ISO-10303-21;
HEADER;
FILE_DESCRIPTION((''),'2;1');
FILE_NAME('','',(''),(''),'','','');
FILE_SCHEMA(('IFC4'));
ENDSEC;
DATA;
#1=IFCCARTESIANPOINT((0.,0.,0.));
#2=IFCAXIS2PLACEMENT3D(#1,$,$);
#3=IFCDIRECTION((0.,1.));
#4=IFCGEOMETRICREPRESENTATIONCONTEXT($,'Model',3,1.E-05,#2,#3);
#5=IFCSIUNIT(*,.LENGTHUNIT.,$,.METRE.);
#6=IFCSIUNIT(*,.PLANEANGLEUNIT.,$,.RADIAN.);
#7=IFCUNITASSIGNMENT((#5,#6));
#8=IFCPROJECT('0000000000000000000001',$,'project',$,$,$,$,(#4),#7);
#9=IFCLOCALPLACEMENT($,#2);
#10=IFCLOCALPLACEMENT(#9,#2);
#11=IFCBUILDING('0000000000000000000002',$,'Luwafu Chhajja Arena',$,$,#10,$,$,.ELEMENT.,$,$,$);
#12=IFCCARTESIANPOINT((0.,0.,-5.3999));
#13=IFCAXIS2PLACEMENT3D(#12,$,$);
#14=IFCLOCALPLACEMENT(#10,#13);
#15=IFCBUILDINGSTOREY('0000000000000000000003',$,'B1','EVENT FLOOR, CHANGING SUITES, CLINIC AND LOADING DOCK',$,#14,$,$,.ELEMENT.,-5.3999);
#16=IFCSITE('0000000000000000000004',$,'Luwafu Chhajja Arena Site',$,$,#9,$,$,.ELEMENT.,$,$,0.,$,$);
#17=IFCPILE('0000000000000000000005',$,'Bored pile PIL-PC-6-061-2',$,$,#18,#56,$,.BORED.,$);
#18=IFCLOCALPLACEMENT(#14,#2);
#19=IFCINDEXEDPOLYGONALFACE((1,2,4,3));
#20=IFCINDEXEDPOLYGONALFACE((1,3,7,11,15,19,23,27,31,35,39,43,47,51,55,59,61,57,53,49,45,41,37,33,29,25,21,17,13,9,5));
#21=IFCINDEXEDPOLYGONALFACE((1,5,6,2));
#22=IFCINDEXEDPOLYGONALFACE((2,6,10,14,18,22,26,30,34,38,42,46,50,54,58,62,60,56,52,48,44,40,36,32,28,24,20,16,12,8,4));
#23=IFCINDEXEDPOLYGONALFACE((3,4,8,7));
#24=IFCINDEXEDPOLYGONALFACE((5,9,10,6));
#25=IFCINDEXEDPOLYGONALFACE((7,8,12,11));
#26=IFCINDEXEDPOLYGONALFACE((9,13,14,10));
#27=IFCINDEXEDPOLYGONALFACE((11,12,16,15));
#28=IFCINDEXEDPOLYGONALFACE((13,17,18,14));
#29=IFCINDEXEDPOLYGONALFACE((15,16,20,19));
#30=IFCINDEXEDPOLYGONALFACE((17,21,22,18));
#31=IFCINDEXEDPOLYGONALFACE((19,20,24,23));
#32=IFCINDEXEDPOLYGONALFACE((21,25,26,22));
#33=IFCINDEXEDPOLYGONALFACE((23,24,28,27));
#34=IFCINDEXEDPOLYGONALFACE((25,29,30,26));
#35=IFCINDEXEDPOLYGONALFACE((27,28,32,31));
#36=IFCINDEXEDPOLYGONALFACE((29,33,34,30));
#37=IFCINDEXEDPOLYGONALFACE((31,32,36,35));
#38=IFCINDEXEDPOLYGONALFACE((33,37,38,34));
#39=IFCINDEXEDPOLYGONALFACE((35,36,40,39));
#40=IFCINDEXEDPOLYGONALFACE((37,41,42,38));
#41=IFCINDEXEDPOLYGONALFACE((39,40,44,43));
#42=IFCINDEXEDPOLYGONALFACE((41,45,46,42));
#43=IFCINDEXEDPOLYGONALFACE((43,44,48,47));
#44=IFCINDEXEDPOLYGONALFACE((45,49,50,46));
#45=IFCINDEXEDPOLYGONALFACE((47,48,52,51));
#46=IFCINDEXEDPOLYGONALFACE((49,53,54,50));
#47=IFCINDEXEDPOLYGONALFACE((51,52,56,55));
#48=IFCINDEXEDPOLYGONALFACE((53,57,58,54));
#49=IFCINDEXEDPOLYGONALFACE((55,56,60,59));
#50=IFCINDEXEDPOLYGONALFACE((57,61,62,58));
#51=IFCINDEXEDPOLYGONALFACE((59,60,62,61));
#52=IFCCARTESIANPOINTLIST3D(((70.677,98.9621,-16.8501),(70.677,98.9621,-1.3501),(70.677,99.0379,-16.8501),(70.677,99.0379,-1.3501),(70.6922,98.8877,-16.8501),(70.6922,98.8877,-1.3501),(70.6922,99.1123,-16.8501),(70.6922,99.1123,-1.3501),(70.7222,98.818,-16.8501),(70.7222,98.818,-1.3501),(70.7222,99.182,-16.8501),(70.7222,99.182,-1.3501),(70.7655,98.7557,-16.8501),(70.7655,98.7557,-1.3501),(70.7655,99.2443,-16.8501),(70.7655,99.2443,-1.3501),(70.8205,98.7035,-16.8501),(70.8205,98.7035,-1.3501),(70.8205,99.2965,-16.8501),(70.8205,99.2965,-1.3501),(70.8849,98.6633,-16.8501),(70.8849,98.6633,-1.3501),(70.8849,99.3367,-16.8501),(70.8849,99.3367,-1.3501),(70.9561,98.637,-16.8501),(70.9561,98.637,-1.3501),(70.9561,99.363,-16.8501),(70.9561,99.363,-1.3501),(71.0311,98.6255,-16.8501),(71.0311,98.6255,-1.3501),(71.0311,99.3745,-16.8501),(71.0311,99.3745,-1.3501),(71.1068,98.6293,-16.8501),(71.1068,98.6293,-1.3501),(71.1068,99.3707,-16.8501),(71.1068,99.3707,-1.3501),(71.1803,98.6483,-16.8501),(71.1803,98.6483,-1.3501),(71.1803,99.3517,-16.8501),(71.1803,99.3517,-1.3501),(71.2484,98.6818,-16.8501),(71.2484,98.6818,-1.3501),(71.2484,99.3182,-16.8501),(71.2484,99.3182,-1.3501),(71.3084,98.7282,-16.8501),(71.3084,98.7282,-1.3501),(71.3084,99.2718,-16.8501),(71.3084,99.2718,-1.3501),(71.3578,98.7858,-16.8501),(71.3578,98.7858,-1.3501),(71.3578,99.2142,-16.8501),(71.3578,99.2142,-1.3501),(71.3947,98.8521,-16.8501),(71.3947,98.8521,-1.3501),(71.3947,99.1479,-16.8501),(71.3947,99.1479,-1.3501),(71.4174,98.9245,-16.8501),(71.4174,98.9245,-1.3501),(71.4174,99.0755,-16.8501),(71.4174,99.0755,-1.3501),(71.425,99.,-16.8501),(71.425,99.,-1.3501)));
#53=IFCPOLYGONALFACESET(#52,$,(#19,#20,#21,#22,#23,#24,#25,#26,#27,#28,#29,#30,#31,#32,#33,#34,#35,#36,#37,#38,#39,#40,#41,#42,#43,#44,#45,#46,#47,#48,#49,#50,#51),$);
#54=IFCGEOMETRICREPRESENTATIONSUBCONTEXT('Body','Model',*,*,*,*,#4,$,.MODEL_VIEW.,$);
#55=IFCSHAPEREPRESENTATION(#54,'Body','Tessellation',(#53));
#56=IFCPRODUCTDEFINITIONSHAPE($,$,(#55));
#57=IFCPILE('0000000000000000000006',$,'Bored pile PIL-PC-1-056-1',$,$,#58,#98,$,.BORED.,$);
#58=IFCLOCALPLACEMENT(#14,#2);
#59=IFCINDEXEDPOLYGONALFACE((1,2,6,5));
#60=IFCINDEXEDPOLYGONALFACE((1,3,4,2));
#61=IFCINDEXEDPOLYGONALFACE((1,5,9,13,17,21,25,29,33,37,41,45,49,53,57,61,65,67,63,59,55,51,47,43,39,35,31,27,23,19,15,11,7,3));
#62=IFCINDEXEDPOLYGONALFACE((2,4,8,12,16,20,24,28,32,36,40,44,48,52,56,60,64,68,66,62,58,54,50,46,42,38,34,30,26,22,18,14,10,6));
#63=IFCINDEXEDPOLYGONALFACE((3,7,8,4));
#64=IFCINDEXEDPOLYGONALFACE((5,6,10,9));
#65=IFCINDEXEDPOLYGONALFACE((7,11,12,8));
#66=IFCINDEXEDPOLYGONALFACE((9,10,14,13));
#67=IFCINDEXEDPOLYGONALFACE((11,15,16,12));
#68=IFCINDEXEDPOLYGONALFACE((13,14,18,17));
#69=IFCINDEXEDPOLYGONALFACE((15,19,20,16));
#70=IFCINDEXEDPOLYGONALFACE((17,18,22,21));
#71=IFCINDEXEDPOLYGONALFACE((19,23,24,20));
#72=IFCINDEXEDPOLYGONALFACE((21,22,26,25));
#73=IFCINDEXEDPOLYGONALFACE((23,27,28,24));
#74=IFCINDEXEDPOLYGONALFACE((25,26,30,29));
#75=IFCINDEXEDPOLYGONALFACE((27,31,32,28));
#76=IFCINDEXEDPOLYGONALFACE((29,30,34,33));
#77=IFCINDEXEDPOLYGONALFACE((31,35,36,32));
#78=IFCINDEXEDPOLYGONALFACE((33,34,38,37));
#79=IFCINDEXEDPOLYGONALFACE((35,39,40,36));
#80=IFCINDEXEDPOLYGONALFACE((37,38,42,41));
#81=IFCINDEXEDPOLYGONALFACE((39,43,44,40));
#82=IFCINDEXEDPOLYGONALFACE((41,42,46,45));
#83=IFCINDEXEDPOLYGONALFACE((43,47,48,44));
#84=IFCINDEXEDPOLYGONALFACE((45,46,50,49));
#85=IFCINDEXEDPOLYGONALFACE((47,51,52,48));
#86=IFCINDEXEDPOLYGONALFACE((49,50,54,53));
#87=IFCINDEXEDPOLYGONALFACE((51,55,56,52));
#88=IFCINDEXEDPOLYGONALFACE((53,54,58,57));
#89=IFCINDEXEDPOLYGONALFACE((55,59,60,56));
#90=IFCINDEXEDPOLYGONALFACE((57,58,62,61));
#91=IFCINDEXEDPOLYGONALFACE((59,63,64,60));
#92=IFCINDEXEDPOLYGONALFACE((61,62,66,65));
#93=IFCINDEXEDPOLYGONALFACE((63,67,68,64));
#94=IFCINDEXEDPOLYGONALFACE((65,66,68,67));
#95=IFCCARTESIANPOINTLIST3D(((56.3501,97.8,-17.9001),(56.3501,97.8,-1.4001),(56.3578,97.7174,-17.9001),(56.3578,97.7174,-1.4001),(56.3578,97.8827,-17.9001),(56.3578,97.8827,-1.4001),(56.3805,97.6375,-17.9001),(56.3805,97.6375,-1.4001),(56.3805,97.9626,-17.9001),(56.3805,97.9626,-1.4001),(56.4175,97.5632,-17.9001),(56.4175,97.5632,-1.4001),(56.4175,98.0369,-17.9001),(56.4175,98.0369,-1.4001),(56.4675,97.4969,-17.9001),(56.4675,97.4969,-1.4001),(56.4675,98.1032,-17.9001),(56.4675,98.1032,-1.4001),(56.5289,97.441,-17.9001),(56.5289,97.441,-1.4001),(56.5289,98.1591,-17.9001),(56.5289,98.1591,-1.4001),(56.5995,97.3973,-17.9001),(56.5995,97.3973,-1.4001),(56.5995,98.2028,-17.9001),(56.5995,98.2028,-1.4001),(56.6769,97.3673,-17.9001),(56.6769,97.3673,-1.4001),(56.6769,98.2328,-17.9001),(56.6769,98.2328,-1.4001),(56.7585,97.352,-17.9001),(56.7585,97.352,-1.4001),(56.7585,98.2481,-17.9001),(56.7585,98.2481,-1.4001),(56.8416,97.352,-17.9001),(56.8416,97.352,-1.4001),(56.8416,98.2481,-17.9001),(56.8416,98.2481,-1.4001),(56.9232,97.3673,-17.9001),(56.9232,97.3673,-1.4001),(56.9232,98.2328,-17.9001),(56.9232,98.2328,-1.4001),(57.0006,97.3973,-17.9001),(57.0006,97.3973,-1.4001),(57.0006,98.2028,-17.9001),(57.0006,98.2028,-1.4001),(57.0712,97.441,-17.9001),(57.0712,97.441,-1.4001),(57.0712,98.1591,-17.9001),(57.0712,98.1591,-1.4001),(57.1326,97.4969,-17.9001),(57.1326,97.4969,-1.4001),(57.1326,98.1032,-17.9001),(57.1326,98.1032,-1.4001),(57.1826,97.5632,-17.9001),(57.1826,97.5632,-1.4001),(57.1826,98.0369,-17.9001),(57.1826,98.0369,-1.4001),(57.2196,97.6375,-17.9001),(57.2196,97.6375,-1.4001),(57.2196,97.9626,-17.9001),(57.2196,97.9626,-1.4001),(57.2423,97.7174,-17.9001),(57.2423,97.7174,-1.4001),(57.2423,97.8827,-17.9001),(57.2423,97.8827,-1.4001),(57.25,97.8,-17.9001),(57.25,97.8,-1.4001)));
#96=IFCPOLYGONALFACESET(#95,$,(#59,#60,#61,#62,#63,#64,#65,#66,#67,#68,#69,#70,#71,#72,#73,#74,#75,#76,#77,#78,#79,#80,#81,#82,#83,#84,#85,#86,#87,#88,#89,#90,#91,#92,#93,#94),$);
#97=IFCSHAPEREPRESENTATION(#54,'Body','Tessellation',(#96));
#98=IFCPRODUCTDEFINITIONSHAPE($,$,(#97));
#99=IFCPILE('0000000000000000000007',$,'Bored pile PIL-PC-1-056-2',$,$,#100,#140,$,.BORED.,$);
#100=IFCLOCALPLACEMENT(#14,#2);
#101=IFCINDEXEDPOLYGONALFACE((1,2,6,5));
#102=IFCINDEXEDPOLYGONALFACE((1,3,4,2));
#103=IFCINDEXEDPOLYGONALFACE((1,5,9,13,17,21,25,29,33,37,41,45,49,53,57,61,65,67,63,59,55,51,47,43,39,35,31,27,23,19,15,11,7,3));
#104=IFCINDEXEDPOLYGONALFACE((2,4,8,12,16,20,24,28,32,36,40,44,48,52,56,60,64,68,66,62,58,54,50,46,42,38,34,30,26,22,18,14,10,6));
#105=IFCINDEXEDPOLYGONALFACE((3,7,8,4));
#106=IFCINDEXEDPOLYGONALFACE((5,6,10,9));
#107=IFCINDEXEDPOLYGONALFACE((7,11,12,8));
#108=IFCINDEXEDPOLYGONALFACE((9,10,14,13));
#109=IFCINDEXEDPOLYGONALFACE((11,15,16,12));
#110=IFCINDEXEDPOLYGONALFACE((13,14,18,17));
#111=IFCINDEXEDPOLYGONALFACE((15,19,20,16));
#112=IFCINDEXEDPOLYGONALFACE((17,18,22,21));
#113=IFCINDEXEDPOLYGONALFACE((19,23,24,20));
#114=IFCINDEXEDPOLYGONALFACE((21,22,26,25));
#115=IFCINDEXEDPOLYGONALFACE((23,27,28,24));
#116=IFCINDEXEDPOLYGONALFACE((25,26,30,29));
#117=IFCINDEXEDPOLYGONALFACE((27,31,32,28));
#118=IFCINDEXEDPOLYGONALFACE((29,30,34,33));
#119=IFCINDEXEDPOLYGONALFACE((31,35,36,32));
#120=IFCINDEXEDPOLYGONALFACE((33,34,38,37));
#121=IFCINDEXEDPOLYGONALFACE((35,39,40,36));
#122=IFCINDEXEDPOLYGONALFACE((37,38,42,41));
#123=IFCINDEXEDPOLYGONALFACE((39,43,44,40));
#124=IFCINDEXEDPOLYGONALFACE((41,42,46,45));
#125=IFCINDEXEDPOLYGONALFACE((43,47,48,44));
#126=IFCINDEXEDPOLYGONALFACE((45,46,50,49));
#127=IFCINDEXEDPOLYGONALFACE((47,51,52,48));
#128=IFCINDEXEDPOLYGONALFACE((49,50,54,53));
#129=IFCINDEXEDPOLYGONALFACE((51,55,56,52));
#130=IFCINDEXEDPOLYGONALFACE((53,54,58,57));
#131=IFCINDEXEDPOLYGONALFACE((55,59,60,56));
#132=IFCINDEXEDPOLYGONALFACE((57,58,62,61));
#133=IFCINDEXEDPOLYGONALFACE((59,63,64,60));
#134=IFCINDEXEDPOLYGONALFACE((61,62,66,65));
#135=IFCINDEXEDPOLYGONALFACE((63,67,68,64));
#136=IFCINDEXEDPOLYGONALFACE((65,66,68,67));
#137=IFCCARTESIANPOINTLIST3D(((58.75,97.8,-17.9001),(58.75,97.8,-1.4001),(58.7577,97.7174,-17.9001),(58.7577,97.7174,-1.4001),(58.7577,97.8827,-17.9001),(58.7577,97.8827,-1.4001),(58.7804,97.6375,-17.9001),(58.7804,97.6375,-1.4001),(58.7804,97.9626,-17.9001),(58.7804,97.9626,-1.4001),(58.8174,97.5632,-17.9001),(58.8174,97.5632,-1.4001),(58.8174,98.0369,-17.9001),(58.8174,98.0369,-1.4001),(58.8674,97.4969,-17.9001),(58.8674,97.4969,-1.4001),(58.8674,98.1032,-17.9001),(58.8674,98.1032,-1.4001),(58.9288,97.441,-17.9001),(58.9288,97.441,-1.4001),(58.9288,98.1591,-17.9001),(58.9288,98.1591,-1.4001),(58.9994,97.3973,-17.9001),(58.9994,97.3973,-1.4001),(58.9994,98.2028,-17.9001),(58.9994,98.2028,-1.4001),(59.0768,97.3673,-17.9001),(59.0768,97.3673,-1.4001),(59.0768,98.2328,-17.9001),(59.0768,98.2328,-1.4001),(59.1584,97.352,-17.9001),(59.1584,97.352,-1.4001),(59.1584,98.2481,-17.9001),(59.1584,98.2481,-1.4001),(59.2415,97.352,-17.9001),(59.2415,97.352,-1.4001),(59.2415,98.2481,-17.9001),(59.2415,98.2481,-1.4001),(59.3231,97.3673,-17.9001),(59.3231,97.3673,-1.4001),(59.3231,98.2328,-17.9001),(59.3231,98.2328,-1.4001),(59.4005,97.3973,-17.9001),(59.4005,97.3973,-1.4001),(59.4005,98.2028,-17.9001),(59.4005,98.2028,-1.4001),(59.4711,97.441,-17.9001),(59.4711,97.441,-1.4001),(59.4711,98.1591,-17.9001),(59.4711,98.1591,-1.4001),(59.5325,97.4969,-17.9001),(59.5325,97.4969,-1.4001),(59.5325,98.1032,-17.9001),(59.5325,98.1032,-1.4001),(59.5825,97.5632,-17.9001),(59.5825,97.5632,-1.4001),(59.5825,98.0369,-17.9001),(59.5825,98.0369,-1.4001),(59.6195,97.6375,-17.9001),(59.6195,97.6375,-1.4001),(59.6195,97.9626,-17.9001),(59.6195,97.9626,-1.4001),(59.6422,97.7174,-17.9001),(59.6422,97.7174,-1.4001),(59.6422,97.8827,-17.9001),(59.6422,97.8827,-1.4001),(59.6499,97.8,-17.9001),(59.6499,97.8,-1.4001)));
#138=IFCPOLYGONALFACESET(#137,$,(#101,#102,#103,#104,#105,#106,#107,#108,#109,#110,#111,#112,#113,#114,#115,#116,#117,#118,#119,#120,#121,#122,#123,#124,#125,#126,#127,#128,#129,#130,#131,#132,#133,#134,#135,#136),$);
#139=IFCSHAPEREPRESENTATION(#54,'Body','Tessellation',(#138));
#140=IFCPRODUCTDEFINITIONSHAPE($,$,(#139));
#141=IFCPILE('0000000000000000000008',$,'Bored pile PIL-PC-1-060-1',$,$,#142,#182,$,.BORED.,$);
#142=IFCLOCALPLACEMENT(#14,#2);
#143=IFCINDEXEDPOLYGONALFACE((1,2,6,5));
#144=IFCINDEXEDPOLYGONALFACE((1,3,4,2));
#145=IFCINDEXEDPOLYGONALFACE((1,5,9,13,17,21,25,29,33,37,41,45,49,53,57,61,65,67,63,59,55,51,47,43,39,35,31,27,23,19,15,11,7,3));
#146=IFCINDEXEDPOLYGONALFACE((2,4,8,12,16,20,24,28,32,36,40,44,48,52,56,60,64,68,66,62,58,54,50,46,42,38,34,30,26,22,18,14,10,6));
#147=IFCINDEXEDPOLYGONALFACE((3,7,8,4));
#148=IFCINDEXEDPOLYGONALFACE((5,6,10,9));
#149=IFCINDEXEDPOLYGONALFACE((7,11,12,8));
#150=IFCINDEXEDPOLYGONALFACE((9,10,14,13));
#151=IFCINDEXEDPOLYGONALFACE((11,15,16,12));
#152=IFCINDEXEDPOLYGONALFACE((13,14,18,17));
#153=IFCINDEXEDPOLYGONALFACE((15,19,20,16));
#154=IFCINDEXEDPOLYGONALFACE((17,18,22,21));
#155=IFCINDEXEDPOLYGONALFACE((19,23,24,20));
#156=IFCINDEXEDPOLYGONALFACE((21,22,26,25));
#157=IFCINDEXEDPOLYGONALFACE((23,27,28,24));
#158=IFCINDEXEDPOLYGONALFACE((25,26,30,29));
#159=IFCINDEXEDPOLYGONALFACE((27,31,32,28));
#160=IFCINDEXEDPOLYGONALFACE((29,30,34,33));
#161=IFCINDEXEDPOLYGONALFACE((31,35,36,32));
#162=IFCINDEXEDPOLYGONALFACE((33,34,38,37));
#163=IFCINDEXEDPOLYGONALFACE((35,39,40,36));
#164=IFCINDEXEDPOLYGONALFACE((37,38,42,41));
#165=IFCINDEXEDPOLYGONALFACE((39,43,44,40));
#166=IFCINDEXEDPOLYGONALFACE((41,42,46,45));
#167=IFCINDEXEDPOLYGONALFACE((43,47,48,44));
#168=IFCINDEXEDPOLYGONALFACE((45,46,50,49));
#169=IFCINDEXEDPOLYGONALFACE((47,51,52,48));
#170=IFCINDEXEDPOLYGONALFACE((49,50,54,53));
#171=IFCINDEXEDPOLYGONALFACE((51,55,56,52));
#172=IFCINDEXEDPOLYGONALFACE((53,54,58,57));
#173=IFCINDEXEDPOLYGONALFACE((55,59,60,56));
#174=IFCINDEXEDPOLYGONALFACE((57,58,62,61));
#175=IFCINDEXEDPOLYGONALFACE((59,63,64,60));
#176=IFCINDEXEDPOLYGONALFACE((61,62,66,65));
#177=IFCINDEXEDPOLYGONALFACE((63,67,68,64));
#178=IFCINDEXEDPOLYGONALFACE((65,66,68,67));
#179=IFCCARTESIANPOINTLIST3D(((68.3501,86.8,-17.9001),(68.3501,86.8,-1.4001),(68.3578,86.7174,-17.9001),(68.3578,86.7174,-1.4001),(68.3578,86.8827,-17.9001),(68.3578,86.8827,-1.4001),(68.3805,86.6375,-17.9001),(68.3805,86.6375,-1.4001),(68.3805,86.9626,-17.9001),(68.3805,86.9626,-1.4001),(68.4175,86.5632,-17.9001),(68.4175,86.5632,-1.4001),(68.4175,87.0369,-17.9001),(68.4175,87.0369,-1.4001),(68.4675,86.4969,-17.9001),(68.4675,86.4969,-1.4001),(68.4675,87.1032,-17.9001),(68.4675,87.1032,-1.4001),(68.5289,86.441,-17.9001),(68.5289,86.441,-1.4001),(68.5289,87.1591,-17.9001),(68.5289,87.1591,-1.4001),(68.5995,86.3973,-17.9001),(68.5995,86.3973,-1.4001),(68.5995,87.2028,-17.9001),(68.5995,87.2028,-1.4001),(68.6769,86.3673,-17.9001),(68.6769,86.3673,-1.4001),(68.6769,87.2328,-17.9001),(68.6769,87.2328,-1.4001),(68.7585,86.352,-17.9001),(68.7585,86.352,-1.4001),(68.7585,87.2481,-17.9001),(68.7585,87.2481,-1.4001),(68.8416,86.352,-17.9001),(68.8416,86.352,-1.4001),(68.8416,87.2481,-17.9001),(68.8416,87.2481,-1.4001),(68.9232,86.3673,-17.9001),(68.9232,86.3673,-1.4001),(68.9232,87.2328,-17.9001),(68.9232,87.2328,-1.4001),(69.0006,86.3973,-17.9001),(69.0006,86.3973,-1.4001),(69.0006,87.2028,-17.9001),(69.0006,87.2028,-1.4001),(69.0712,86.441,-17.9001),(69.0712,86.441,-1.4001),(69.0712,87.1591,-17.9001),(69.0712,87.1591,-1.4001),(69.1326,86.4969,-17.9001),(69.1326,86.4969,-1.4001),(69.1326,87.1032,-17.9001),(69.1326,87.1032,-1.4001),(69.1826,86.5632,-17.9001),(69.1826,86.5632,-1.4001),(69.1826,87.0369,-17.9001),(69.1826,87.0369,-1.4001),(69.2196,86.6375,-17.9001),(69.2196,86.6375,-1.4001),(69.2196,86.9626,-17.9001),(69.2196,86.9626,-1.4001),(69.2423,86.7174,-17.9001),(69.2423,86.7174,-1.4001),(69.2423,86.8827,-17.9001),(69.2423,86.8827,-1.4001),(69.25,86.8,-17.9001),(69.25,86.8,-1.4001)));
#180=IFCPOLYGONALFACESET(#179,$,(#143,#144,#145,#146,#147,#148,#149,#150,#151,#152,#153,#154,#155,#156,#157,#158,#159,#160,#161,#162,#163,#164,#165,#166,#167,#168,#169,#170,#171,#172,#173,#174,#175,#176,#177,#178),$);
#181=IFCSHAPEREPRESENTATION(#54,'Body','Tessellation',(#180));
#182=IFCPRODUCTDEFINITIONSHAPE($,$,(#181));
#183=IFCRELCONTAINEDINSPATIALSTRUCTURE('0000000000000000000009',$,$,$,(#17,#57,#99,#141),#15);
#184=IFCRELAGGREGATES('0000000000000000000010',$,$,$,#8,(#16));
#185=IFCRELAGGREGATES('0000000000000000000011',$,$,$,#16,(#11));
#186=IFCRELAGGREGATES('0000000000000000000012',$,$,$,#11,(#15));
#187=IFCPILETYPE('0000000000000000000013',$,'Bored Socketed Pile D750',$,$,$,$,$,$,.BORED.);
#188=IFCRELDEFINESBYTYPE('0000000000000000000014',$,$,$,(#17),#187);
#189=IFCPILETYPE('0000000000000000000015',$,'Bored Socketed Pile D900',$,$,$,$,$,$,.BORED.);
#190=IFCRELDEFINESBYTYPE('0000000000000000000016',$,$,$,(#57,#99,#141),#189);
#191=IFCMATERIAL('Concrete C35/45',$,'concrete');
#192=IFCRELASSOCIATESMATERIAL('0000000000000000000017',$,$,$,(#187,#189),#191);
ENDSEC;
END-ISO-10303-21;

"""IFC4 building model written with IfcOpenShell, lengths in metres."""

from ifc_helpers import new_model, si_unit, direction, frame, origin, origin_2d, place, context, subcontext, project, spatial, circle, extrude, material, material_profile, profile_set, type_object, element, save


model = new_model("IFC4")

# Units and contexts
model_context = context("Model", 3, precision=1e-05, world=origin(), true_north=direction((0.0, 1.0)))
body_context = subcontext(model_context, "Body", "Model", "MODEL_VIEW")
ifc_project = project(units=[si_unit("LENGTHUNIT", "METRE"), si_unit("PLANEANGLEUNIT", "RADIAN")], contexts=[model_context])

# Site, building, storey
site_placement = place(None, origin())
site = spatial("IfcSite", under=ifc_project, at=site_placement, Name="Luwafu Chhajja Arena Site", CompositionType="ELEMENT", RefElevation=0.0)
building_placement = place(site_placement, origin())
building = spatial("IfcBuilding", under=site, at=building_placement, Name="Luwafu Chhajja Arena", CompositionType="ELEMENT")
storey_placement = place(building_placement, frame((0.0, 0.0, -5.3999)))
storey = spatial("IfcBuildingStorey", under=building, at=storey_placement, Name="B1", Description="EVENT FLOOR, CHANGING SUITES, CLINIC AND LOADING DOCK", CompositionType="ELEMENT", Elevation=-5.3999)

# Shared definitions
ifc_material_1 = material(Name="Concrete C35/45", Category="concrete")

# Piles
ifc_material_profile_1 = material_profile(ifc_material_1, circle(Radius=0.375, at=origin_2d()), Name="PILE D750")
ifc_profile_set_1 = profile_set([ifc_material_profile_1], Name="Concrete C35/45")
pile_type_1 = type_object("IfcPileType", Name="Bored Socketed Pile D750", PredefinedType="BORED", material=ifc_profile_set_1)
for number, where, z_axis, x_axis, name in (
    (1, (71.05, 99.0, -1.3501), (0.0, 0.0, -1.0), (1.0, 0.0, 0.0), "Bored pile PIL-PC-6-061-2"),
):
    element("IfcPile", number, at=place(storey_placement, frame(where, z_axis=z_axis, x_axis=x_axis)), inside=storey, type_object=pile_type_1, Name=name, PredefinedType="BORED", context=body_context, shape_type="SweptSolid", body=[
        extrude(circle(Radius=0.375, at=origin_2d()), origin(), (0.0, 0.0, 1.0), 15.5),
    ])
ifc_material_profile_2 = material_profile(ifc_material_1, circle(Radius=0.45, at=origin_2d()), Name="PILE D900")
ifc_profile_set_2 = profile_set([ifc_material_profile_2], Name="Concrete C35/45")
pile_type_2 = type_object("IfcPileType", Name="Bored Socketed Pile D900", PredefinedType="BORED", material=ifc_profile_set_2)
for number, where, z_axis, x_axis, name in (
    (2, (56.8, 97.8, -1.4001), (0.0, 0.0, -1.0), (1.0, 0.0, 0.0), "Bored pile PIL-PC-1-056-1"),
    (3, (59.2, 97.8, -1.4001), (0.0, 0.0, -1.0), (1.0, 0.0, 0.0), "Bored pile PIL-PC-1-056-2"),
    (4, (68.8, 86.8, -1.4001), (0.0, 0.0, -1.0), (1.0, 0.0, 0.0), "Bored pile PIL-PC-1-060-1"),
):
    element("IfcPile", number, at=place(storey_placement, frame(where, z_axis=z_axis, x_axis=x_axis)), inside=storey, type_object=pile_type_2, Name=name, PredefinedType="BORED", context=body_context, shape_type="SweptSolid", body=[
        extrude(circle(Radius=0.45, at=origin_2d()), origin(), (0.0, 0.0, 1.0), 16.5),
    ])

save(model, "model.ifc")
